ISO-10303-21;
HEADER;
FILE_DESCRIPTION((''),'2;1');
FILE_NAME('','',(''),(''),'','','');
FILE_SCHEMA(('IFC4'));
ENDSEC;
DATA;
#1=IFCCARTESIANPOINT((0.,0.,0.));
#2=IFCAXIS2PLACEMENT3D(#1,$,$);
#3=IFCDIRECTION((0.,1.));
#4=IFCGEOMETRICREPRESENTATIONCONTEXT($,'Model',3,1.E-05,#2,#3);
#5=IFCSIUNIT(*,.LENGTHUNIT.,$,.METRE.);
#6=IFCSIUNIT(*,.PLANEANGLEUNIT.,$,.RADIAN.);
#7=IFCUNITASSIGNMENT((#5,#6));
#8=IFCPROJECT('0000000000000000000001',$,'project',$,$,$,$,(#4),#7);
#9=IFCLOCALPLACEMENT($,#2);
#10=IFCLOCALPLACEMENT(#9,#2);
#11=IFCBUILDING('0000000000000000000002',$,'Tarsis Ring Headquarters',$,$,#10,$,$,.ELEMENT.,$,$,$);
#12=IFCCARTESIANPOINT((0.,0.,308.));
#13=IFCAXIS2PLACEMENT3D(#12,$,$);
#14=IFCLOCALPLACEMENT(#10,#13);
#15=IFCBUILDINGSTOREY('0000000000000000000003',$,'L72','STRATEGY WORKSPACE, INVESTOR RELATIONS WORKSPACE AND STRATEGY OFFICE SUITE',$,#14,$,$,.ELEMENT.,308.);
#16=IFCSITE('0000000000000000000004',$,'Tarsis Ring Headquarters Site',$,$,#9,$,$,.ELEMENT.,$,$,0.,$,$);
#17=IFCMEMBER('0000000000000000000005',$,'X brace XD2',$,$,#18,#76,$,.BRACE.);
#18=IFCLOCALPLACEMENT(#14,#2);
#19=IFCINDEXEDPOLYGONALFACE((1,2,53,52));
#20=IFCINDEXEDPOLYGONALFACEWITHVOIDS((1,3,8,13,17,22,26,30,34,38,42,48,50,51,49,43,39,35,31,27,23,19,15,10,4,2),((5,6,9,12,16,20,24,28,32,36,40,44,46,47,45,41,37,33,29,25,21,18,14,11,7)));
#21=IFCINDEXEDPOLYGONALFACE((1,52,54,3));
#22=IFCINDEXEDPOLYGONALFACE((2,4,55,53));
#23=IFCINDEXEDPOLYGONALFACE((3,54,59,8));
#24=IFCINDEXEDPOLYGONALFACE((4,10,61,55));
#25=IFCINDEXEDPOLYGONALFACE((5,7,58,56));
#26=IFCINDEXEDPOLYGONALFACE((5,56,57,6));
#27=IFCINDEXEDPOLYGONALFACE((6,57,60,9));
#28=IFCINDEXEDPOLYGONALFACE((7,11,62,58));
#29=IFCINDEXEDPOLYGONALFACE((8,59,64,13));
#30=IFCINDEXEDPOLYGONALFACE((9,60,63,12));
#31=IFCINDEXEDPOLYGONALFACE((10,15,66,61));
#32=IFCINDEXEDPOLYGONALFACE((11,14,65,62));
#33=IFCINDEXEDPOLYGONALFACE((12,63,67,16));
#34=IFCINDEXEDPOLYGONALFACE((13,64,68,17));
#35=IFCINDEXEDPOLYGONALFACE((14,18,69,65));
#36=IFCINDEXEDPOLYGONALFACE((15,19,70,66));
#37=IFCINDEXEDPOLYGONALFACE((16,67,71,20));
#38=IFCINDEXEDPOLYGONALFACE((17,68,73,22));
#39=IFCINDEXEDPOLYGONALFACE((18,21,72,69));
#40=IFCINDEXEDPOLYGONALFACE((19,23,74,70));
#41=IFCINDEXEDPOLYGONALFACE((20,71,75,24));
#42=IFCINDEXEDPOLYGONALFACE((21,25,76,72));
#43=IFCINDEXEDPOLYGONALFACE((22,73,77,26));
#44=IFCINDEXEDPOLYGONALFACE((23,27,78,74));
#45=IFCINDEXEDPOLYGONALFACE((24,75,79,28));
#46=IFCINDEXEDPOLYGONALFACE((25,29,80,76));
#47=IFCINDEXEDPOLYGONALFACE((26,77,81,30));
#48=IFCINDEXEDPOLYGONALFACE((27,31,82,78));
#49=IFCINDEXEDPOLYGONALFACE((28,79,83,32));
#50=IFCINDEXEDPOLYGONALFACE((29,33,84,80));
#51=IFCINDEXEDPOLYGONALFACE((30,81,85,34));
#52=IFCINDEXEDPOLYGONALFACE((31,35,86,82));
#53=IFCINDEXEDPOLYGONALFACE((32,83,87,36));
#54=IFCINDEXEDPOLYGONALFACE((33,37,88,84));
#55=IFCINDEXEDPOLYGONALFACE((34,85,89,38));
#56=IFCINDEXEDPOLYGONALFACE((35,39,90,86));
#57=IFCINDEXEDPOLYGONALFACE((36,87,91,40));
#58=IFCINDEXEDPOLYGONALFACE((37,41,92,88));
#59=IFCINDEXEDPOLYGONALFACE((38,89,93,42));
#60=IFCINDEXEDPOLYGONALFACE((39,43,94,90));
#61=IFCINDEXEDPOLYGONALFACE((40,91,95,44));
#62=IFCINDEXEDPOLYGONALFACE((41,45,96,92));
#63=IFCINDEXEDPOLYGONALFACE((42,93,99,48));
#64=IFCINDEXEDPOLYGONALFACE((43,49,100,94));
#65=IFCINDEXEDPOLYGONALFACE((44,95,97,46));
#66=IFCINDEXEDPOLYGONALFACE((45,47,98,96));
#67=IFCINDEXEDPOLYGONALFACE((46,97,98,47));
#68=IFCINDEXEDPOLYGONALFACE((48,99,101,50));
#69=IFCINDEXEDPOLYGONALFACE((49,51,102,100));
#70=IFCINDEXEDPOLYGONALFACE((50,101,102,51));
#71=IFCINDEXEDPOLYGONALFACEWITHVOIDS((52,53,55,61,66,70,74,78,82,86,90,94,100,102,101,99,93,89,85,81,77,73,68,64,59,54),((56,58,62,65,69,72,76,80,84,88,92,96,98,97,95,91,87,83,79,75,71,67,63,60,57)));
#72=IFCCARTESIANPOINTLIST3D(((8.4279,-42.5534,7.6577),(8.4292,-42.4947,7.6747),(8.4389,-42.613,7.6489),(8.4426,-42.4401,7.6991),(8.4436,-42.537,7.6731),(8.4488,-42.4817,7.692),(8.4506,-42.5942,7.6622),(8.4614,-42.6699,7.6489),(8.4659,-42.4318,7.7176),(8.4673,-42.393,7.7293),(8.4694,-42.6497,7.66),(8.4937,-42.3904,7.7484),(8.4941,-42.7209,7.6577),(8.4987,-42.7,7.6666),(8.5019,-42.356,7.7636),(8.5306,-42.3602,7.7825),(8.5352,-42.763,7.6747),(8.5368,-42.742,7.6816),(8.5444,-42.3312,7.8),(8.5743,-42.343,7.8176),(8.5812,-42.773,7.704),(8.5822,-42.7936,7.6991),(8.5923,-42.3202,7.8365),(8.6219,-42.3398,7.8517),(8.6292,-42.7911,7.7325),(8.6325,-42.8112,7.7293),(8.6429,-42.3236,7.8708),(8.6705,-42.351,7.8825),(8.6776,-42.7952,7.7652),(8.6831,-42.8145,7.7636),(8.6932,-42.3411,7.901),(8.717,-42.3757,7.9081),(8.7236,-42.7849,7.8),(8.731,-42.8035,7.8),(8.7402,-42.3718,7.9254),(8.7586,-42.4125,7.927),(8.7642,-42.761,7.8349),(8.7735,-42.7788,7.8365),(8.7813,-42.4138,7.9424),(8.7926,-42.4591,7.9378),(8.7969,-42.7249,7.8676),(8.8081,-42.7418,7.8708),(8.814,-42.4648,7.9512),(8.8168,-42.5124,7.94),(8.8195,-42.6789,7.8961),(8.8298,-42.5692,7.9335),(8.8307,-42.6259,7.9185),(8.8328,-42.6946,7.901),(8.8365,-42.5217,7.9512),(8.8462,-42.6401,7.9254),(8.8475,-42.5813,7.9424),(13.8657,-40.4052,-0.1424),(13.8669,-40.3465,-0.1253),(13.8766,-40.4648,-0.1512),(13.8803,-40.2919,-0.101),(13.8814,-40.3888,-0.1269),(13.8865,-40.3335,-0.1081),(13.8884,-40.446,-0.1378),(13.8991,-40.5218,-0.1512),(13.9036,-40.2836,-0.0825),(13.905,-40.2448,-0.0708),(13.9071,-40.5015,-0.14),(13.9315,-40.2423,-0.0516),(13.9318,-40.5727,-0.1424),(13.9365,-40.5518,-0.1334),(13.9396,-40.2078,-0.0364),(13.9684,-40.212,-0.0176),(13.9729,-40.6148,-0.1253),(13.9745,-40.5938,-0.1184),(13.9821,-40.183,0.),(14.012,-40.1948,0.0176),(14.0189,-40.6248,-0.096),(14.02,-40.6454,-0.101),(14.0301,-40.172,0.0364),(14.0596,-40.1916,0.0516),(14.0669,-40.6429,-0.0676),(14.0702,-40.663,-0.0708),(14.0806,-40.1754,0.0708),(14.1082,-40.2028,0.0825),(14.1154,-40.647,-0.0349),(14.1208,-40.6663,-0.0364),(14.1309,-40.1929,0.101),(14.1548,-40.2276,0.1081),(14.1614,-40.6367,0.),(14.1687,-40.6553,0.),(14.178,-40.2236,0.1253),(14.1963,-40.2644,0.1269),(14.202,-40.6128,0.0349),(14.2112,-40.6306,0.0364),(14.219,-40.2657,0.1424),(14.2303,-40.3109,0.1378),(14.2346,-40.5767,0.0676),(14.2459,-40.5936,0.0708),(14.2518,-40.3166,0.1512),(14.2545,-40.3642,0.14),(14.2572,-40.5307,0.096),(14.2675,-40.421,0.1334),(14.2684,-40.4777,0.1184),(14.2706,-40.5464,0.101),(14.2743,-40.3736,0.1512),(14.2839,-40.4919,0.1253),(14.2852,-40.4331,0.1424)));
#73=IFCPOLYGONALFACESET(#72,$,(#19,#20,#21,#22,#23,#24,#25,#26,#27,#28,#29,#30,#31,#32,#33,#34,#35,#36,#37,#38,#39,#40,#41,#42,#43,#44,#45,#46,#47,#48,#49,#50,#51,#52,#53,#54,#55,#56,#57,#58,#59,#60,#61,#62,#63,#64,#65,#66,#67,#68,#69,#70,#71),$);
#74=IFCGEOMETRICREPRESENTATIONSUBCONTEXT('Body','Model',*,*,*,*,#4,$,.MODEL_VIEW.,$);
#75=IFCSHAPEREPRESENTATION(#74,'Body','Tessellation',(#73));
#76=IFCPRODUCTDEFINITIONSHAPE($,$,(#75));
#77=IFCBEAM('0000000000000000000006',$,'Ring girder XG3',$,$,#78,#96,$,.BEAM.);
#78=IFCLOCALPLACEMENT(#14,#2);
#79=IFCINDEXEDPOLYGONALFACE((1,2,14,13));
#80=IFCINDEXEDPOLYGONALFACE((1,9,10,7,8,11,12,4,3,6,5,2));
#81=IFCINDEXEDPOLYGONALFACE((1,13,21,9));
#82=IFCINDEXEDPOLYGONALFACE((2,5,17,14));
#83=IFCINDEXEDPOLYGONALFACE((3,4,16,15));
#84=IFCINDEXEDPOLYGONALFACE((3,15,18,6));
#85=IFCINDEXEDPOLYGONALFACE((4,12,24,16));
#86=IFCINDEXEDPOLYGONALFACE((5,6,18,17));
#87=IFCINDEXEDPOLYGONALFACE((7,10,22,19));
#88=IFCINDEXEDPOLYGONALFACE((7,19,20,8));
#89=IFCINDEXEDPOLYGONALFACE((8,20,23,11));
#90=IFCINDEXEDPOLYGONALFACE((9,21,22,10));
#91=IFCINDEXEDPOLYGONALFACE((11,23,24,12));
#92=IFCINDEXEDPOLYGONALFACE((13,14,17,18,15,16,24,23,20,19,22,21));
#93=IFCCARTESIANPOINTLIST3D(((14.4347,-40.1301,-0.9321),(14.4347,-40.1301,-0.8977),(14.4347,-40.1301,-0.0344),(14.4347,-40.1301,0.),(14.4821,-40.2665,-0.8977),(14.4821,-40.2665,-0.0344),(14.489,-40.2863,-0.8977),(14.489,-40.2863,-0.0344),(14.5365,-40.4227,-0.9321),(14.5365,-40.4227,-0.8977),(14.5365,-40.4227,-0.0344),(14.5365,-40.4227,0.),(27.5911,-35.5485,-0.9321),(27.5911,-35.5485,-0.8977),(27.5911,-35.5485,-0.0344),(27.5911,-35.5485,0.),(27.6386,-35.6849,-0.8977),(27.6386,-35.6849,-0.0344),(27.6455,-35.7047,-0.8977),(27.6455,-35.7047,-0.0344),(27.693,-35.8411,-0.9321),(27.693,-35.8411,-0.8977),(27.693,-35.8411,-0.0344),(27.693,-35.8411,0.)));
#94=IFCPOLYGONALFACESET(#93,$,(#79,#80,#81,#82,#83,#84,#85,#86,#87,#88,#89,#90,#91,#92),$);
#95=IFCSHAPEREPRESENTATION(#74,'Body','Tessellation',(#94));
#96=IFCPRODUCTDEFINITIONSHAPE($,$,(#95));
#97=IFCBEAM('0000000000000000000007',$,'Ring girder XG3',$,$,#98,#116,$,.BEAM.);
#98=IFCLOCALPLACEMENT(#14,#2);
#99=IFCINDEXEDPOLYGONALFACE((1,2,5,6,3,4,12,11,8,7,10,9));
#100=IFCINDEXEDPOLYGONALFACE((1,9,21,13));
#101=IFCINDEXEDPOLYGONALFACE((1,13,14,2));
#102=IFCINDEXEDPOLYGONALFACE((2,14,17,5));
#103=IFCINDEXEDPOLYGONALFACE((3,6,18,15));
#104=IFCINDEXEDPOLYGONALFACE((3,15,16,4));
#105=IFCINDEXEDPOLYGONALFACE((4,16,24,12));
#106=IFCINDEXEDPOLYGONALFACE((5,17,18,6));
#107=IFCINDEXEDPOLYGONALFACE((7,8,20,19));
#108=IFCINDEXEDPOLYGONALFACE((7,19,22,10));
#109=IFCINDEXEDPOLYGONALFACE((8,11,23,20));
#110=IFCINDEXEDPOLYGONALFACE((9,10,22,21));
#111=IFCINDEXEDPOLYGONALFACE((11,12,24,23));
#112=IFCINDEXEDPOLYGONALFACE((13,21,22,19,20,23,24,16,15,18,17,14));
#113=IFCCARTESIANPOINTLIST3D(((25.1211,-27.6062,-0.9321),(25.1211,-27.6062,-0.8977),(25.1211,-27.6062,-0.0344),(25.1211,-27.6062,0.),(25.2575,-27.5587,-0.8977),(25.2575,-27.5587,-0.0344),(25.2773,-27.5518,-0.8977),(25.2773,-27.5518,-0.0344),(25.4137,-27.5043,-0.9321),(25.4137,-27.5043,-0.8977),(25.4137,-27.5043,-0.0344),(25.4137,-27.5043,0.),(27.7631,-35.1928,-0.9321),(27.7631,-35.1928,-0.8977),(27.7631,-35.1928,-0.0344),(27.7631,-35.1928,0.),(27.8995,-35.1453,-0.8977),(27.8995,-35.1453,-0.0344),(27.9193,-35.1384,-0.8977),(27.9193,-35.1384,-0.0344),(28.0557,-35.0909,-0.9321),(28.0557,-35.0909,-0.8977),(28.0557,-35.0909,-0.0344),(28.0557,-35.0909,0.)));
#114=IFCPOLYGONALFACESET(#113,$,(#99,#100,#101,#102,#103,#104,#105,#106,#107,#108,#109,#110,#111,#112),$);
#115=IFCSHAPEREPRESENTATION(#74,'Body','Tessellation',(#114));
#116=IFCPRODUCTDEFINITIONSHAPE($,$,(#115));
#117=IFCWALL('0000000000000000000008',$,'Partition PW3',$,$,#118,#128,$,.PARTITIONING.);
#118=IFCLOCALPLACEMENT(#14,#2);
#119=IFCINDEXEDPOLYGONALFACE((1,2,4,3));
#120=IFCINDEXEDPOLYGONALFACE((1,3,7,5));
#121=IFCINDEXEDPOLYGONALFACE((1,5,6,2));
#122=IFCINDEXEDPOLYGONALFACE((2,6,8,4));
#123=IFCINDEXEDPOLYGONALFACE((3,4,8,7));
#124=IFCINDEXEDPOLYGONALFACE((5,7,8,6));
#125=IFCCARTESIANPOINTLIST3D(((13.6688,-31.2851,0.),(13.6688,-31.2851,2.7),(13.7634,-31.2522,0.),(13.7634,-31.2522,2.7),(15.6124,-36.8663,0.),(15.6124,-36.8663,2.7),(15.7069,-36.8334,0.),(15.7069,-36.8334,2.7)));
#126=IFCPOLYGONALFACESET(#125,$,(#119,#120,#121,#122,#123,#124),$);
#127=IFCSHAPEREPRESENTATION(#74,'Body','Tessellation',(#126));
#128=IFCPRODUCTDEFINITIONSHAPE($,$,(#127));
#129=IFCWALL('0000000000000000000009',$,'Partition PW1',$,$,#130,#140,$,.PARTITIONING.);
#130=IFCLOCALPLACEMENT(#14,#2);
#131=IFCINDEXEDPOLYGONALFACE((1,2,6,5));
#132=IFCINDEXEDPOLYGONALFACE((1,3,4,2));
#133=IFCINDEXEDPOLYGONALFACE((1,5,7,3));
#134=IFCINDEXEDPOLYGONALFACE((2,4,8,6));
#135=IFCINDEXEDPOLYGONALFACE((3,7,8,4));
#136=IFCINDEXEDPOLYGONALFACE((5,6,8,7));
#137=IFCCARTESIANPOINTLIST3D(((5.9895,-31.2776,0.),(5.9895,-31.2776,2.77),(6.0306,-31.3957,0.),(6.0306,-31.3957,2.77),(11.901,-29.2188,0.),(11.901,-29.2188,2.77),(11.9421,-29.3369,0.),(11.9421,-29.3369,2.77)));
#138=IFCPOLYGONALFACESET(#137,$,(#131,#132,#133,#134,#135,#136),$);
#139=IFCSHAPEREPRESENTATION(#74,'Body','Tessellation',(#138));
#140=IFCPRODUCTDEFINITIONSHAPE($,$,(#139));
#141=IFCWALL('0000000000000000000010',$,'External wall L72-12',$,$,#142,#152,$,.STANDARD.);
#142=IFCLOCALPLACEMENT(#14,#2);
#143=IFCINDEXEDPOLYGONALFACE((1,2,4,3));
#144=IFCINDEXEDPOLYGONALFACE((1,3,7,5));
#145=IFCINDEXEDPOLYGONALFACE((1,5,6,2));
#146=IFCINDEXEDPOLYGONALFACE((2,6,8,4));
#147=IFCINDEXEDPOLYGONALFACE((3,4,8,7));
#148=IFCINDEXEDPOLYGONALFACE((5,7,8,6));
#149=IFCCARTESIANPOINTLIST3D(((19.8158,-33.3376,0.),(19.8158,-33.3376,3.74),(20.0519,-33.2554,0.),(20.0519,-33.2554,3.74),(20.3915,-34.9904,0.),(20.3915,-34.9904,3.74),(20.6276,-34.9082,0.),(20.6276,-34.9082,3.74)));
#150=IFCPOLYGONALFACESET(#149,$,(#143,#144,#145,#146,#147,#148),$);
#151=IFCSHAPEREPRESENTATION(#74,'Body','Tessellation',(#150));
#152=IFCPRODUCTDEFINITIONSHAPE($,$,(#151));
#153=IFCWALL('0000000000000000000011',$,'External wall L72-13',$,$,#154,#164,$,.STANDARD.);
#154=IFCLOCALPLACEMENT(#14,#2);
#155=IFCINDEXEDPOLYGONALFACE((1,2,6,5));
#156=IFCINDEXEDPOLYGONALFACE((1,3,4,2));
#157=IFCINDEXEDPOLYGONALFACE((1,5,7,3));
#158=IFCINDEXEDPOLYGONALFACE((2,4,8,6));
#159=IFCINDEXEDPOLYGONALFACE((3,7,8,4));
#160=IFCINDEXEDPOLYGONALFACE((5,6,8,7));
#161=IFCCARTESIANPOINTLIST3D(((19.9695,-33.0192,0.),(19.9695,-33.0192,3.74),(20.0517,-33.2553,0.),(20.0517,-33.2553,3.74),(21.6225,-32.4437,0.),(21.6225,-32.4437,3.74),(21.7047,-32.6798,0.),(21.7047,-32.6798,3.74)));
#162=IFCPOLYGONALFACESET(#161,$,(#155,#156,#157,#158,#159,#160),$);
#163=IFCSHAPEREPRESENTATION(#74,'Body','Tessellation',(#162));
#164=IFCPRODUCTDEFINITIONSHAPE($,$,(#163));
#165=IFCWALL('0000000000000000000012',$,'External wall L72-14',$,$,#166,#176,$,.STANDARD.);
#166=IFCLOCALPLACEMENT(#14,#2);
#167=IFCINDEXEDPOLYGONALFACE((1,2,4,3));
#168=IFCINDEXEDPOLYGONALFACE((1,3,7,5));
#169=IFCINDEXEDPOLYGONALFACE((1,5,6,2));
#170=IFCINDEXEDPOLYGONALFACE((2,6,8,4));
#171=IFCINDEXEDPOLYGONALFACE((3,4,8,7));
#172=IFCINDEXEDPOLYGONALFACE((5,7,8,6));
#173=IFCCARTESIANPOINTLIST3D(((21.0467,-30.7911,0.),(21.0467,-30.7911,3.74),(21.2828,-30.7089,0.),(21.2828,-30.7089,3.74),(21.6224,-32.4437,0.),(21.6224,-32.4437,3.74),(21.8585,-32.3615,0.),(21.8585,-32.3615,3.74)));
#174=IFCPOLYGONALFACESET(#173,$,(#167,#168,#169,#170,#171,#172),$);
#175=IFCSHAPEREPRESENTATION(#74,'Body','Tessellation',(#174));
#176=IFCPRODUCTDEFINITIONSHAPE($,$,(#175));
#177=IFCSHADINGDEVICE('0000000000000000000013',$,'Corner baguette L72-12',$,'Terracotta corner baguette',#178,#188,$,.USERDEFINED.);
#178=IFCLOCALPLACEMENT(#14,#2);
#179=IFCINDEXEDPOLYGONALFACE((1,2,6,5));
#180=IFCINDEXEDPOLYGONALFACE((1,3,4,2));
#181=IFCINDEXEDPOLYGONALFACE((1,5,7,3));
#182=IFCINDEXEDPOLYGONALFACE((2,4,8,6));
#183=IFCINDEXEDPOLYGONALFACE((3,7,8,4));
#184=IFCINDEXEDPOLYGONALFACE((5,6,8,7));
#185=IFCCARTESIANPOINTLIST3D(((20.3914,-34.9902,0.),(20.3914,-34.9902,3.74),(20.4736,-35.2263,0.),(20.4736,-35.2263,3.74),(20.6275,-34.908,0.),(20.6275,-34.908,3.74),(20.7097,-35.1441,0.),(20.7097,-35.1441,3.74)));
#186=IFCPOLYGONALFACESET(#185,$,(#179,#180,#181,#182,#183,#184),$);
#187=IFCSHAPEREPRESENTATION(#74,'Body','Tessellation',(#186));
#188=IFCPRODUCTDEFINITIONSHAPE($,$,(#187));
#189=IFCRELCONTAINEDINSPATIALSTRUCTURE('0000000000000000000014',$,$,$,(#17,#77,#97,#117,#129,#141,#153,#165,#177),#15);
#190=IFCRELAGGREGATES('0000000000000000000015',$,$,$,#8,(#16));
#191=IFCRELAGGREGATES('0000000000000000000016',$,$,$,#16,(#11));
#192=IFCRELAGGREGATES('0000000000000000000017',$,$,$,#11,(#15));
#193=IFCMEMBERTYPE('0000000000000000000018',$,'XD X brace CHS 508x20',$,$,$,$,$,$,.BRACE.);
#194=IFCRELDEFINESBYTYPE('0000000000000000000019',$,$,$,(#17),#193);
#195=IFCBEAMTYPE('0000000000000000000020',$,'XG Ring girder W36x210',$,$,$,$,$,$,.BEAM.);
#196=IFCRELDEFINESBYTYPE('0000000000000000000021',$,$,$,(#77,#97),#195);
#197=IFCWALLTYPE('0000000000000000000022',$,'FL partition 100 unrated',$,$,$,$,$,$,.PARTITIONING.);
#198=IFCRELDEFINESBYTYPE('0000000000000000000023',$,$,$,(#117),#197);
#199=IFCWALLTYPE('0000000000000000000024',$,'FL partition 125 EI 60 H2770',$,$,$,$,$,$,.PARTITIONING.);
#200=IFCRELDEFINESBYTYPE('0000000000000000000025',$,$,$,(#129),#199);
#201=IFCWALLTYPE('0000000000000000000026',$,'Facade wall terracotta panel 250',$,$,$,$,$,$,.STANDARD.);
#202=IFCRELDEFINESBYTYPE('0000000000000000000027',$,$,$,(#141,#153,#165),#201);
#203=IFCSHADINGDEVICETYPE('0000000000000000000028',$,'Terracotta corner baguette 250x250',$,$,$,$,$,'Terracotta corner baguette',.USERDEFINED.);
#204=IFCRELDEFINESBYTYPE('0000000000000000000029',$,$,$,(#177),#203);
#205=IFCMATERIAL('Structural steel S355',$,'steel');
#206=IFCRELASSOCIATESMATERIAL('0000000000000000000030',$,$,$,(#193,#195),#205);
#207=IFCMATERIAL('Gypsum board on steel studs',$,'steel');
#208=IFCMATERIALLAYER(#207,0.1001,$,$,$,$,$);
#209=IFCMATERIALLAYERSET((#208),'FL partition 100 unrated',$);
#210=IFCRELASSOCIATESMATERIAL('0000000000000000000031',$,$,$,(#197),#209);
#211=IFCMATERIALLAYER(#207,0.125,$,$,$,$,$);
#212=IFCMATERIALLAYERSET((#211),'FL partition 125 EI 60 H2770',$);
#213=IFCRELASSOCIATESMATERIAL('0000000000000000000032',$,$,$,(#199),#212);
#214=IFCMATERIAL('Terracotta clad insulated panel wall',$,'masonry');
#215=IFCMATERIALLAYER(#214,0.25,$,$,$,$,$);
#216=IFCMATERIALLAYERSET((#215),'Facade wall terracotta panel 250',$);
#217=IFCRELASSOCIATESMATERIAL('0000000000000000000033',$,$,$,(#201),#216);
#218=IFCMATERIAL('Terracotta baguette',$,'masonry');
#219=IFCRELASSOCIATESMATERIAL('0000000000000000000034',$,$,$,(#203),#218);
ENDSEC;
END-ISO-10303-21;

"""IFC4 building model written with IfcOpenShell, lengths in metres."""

from ifc_helpers import new_model, si_unit, direction, frame, frame_2d, origin, origin_2d, place, context, subcontext, project, spatial, rectangle, hollow_circle, i_section, extrude, material, layer, layer_set, material_profile, profile_set, type_object, element, save


model = new_model("IFC4")

# Units and contexts
model_context = context("Model", 3, precision=1e-05, world=origin(), true_north=direction((0.0, 1.0)))
body_context = subcontext(model_context, "Body", "Model", "MODEL_VIEW")
ifc_project = project(units=[si_unit("LENGTHUNIT", "METRE"), si_unit("PLANEANGLEUNIT", "RADIAN")], contexts=[model_context])

# Site, building, storey
site_placement = place(None, origin())
site = spatial("IfcSite", under=ifc_project, at=site_placement, Name="Tarsis Ring Headquarters Site", CompositionType="ELEMENT", RefElevation=0.0)
building_placement = place(site_placement, origin())
building = spatial("IfcBuilding", under=site, at=building_placement, Name="Tarsis Ring Headquarters", CompositionType="ELEMENT")
storey_placement = place(building_placement, frame((0.0, 0.0, 308.0)))
storey = spatial("IfcBuildingStorey", under=building, at=storey_placement, Name="L72", Description="STRATEGY WORKSPACE, INVESTOR RELATIONS WORKSPACE AND STRATEGY OFFICE SUITE", CompositionType="ELEMENT", Elevation=308.0)

# Shared definitions
ifc_material_1 = material(Name="Structural steel S355", Category="steel")

# Member
ifc_material_profile_1 = material_profile(ifc_material_1, hollow_circle(Radius=0.2539, WallThickness=0.02, at=origin_2d()), Name="CHS 508x20")
ifc_profile_set_1 = profile_set([ifc_material_profile_1], Name="Structural steel S355")
member_type = type_object("IfcMemberType", Name="XD X brace CHS 508x20", PredefinedType="BRACE", material=ifc_profile_set_1)
member_placement = place(storey_placement, frame((14.0754, -40.4192, 0.0), z_axis=(-0.557829, -0.220372, 0.800165), x_axis=(0.36742, -0.930055, 0.0)))
element("IfcMember", 1, at=member_placement, inside=storey, type_object=member_type, Name="X brace XD2", PredefinedType="BRACE", context=body_context, shape_type="SweptSolid", body=[
    extrude(hollow_circle(Radius=0.2539, WallThickness=0.02, at=origin_2d()), origin(), (0.0, 0.0, 1.0), 9.748),
])

# Beams
ifc_material_profile_2 = material_profile(ifc_material_1, i_section(OverallWidth=0.3098, OverallDepth=0.9321, WebThickness=0.021, FlangeThickness=0.0344, at=origin_2d()), Name="W36x210")
ifc_profile_set_2 = profile_set([ifc_material_profile_2], Name="Structural steel S355")
beam_type = type_object("IfcBeamType", Name="XG Ring girder W36x210", PredefinedType="BEAM", material=ifc_profile_set_2)
beam_1_placement = place(storey_placement, frame((14.4856, -40.2764, -0.4661), z_axis=(0.944377, 0.328865, 0.0), x_axis=(-0.328865, 0.944377, 0.0)))
element("IfcBeam", 2, at=beam_1_placement, inside=storey, type_object=beam_type, Name="Ring girder XG3", PredefinedType="BEAM", context=body_context, shape_type="SweptSolid", body=[
    extrude(i_section(OverallWidth=0.3098, OverallDepth=0.9321, WebThickness=0.021, FlangeThickness=0.0344, at=origin_2d()), origin(), (0.0, 0.0, 1.0), 13.9314),
])
beam_2_placement = place(storey_placement, frame((27.9094, -35.1418, -0.4661), z_axis=(-0.328881, 0.944371, 0.0), x_axis=(-0.944371, -0.328881, 0.0)))
element("IfcBeam", 3, at=beam_2_placement, inside=storey, type_object=beam_type, Name="Ring girder XG3", PredefinedType="BEAM", context=body_context, shape_type="SweptSolid", body=[
    extrude(i_section(OverallWidth=0.3098, OverallDepth=0.9321, WebThickness=0.021, FlangeThickness=0.0344, at=origin_2d()), origin(), (0.0, 0.0, 1.0), 8.0334),
])

# Walls
ifc_material_2 = material(Name="Gypsum board on steel studs", Category="steel")
ifc_layer_1 = layer(ifc_material_2, 0.1001)
ifc_layer_set_1 = layer_set([ifc_layer_1], Name="FL partition 100 unrated")
wall_type_1 = type_object("IfcWallType", Name="FL partition 100 unrated", PredefinedType="PARTITIONING", material=ifc_layer_set_1)
wall_1_placement = place(storey_placement, frame((13.7161, -31.2686, 0.0), z_axis=(0.0, 0.0, 1.0), x_axis=(0.328865, -0.944377, 0.0)))
element("IfcWall", 4, at=wall_1_placement, inside=storey, type_object=wall_type_1, Name="Partition PW3", PredefinedType="PARTITIONING", context=body_context, shape_type="SweptSolid", body=[
    extrude(rectangle(XDim=5.9099, YDim=0.1001, at=frame_2d((2.9551, 0.0))), origin(), (0.0, 0.0, 1.0), 2.7),
])
ifc_layer_2 = layer(ifc_material_2, 0.125)
ifc_layer_set_2 = layer_set([ifc_layer_2], Name="FL partition 125 EI 60 H2770")
wall_type_2 = type_object("IfcWallType", Name="FL partition 125 EI 60 H2770", PredefinedType="PARTITIONING", material=ifc_layer_set_2)
wall_2_placement = place(storey_placement, frame((6.01, -31.3367, 0.0), z_axis=(0.0, 0.0, 1.0), x_axis=(0.944367, 0.328894, 0.0)))
element("IfcWall", 5, at=wall_2_placement, inside=storey, type_object=wall_type_2, Name="Partition PW1", PredefinedType="PARTITIONING", context=body_context, shape_type="SweptSolid", body=[
    extrude(rectangle(XDim=6.2598, YDim=0.125, at=frame_2d((3.1299, 0.0))), origin(), (0.0, 0.0, 1.0), 2.77),
])
ifc_material_3 = material(Name="Terracotta clad insulated panel wall", Category="masonry")
ifc_layer_3 = layer(ifc_material_3, 0.25)
ifc_layer_set_3 = layer_set([ifc_layer_3], Name="Facade wall terracotta panel 250")
wall_type_3 = type_object("IfcWallType", Name="Facade wall terracotta panel 250", PredefinedType="STANDARD", material=ifc_layer_set_3)
for number, where, z_axis, x_axis, name in (
    (6, (20.5095, -34.9492, 0.0), (0.0, 0.0, 1.0), (-0.328921, 0.944357, 0.0), "External wall L72-12"),
    (7, (20.0107, -33.1372, 0.0), (0.0, 0.0, 1.0), (0.944401, 0.328797, 0.0), "External wall L72-13"),
):
    element("IfcWall", number, at=place(storey_placement, frame(where, z_axis=z_axis, x_axis=x_axis)), inside=storey, type_object=wall_type_3, Name=name, PredefinedType="STANDARD", context=body_context, shape_type="SweptSolid", body=[
        extrude(rectangle(XDim=1.7502, YDim=0.25, at=frame_2d((0.875, 0.0))), origin(), (0.0, 0.0, 1.0), 3.74),
    ])
wall_3_placement = place(storey_placement, frame((21.7405, -32.4026, 0.0), z_axis=(0.0, 0.0, 1.0), x_axis=(-0.328964, 0.944342, 0.0)))
element("IfcWall", 8, at=wall_3_placement, inside=storey, type_object=wall_type_3, Name="External wall L72-14", PredefinedType="STANDARD", context=body_context, shape_type="SweptSolid", body=[
    extrude(rectangle(XDim=1.75, YDim=0.25, at=frame_2d((0.875, 0.0))), origin(), (0.0, 0.0, 1.0), 3.74),
])

# Shading device
ifc_material_4 = material(Name="Terracotta baguette", Category="masonry")
shading_device_type_1 = type_object("IfcShadingDeviceType", Name="Terracotta corner baguette 250x250", ElementType="Terracotta corner baguette", PredefinedType="USERDEFINED", material=ifc_material_4)
for number, where, z_axis, x_axis, name in (
    (9, (20.5505, -35.0671, 0.0), (0.0, 0.0, 1.0), (0.944376, 0.328867, 0.0), "Corner baguette L72-12"),
):
    element("IfcShadingDevice", number, at=place(storey_placement, frame(where, z_axis=z_axis, x_axis=x_axis)), inside=storey, type_object=shading_device_type_1, Name=name, ObjectType="Terracotta corner baguette", PredefinedType="USERDEFINED", context=body_context, shape_type="SweptSolid", body=[
        extrude(rectangle(XDim=0.25, YDim=0.25, at=origin_2d()), origin(), (0.0, 0.0, 1.0), 3.74),
    ])

save(model, "model.ifc")
